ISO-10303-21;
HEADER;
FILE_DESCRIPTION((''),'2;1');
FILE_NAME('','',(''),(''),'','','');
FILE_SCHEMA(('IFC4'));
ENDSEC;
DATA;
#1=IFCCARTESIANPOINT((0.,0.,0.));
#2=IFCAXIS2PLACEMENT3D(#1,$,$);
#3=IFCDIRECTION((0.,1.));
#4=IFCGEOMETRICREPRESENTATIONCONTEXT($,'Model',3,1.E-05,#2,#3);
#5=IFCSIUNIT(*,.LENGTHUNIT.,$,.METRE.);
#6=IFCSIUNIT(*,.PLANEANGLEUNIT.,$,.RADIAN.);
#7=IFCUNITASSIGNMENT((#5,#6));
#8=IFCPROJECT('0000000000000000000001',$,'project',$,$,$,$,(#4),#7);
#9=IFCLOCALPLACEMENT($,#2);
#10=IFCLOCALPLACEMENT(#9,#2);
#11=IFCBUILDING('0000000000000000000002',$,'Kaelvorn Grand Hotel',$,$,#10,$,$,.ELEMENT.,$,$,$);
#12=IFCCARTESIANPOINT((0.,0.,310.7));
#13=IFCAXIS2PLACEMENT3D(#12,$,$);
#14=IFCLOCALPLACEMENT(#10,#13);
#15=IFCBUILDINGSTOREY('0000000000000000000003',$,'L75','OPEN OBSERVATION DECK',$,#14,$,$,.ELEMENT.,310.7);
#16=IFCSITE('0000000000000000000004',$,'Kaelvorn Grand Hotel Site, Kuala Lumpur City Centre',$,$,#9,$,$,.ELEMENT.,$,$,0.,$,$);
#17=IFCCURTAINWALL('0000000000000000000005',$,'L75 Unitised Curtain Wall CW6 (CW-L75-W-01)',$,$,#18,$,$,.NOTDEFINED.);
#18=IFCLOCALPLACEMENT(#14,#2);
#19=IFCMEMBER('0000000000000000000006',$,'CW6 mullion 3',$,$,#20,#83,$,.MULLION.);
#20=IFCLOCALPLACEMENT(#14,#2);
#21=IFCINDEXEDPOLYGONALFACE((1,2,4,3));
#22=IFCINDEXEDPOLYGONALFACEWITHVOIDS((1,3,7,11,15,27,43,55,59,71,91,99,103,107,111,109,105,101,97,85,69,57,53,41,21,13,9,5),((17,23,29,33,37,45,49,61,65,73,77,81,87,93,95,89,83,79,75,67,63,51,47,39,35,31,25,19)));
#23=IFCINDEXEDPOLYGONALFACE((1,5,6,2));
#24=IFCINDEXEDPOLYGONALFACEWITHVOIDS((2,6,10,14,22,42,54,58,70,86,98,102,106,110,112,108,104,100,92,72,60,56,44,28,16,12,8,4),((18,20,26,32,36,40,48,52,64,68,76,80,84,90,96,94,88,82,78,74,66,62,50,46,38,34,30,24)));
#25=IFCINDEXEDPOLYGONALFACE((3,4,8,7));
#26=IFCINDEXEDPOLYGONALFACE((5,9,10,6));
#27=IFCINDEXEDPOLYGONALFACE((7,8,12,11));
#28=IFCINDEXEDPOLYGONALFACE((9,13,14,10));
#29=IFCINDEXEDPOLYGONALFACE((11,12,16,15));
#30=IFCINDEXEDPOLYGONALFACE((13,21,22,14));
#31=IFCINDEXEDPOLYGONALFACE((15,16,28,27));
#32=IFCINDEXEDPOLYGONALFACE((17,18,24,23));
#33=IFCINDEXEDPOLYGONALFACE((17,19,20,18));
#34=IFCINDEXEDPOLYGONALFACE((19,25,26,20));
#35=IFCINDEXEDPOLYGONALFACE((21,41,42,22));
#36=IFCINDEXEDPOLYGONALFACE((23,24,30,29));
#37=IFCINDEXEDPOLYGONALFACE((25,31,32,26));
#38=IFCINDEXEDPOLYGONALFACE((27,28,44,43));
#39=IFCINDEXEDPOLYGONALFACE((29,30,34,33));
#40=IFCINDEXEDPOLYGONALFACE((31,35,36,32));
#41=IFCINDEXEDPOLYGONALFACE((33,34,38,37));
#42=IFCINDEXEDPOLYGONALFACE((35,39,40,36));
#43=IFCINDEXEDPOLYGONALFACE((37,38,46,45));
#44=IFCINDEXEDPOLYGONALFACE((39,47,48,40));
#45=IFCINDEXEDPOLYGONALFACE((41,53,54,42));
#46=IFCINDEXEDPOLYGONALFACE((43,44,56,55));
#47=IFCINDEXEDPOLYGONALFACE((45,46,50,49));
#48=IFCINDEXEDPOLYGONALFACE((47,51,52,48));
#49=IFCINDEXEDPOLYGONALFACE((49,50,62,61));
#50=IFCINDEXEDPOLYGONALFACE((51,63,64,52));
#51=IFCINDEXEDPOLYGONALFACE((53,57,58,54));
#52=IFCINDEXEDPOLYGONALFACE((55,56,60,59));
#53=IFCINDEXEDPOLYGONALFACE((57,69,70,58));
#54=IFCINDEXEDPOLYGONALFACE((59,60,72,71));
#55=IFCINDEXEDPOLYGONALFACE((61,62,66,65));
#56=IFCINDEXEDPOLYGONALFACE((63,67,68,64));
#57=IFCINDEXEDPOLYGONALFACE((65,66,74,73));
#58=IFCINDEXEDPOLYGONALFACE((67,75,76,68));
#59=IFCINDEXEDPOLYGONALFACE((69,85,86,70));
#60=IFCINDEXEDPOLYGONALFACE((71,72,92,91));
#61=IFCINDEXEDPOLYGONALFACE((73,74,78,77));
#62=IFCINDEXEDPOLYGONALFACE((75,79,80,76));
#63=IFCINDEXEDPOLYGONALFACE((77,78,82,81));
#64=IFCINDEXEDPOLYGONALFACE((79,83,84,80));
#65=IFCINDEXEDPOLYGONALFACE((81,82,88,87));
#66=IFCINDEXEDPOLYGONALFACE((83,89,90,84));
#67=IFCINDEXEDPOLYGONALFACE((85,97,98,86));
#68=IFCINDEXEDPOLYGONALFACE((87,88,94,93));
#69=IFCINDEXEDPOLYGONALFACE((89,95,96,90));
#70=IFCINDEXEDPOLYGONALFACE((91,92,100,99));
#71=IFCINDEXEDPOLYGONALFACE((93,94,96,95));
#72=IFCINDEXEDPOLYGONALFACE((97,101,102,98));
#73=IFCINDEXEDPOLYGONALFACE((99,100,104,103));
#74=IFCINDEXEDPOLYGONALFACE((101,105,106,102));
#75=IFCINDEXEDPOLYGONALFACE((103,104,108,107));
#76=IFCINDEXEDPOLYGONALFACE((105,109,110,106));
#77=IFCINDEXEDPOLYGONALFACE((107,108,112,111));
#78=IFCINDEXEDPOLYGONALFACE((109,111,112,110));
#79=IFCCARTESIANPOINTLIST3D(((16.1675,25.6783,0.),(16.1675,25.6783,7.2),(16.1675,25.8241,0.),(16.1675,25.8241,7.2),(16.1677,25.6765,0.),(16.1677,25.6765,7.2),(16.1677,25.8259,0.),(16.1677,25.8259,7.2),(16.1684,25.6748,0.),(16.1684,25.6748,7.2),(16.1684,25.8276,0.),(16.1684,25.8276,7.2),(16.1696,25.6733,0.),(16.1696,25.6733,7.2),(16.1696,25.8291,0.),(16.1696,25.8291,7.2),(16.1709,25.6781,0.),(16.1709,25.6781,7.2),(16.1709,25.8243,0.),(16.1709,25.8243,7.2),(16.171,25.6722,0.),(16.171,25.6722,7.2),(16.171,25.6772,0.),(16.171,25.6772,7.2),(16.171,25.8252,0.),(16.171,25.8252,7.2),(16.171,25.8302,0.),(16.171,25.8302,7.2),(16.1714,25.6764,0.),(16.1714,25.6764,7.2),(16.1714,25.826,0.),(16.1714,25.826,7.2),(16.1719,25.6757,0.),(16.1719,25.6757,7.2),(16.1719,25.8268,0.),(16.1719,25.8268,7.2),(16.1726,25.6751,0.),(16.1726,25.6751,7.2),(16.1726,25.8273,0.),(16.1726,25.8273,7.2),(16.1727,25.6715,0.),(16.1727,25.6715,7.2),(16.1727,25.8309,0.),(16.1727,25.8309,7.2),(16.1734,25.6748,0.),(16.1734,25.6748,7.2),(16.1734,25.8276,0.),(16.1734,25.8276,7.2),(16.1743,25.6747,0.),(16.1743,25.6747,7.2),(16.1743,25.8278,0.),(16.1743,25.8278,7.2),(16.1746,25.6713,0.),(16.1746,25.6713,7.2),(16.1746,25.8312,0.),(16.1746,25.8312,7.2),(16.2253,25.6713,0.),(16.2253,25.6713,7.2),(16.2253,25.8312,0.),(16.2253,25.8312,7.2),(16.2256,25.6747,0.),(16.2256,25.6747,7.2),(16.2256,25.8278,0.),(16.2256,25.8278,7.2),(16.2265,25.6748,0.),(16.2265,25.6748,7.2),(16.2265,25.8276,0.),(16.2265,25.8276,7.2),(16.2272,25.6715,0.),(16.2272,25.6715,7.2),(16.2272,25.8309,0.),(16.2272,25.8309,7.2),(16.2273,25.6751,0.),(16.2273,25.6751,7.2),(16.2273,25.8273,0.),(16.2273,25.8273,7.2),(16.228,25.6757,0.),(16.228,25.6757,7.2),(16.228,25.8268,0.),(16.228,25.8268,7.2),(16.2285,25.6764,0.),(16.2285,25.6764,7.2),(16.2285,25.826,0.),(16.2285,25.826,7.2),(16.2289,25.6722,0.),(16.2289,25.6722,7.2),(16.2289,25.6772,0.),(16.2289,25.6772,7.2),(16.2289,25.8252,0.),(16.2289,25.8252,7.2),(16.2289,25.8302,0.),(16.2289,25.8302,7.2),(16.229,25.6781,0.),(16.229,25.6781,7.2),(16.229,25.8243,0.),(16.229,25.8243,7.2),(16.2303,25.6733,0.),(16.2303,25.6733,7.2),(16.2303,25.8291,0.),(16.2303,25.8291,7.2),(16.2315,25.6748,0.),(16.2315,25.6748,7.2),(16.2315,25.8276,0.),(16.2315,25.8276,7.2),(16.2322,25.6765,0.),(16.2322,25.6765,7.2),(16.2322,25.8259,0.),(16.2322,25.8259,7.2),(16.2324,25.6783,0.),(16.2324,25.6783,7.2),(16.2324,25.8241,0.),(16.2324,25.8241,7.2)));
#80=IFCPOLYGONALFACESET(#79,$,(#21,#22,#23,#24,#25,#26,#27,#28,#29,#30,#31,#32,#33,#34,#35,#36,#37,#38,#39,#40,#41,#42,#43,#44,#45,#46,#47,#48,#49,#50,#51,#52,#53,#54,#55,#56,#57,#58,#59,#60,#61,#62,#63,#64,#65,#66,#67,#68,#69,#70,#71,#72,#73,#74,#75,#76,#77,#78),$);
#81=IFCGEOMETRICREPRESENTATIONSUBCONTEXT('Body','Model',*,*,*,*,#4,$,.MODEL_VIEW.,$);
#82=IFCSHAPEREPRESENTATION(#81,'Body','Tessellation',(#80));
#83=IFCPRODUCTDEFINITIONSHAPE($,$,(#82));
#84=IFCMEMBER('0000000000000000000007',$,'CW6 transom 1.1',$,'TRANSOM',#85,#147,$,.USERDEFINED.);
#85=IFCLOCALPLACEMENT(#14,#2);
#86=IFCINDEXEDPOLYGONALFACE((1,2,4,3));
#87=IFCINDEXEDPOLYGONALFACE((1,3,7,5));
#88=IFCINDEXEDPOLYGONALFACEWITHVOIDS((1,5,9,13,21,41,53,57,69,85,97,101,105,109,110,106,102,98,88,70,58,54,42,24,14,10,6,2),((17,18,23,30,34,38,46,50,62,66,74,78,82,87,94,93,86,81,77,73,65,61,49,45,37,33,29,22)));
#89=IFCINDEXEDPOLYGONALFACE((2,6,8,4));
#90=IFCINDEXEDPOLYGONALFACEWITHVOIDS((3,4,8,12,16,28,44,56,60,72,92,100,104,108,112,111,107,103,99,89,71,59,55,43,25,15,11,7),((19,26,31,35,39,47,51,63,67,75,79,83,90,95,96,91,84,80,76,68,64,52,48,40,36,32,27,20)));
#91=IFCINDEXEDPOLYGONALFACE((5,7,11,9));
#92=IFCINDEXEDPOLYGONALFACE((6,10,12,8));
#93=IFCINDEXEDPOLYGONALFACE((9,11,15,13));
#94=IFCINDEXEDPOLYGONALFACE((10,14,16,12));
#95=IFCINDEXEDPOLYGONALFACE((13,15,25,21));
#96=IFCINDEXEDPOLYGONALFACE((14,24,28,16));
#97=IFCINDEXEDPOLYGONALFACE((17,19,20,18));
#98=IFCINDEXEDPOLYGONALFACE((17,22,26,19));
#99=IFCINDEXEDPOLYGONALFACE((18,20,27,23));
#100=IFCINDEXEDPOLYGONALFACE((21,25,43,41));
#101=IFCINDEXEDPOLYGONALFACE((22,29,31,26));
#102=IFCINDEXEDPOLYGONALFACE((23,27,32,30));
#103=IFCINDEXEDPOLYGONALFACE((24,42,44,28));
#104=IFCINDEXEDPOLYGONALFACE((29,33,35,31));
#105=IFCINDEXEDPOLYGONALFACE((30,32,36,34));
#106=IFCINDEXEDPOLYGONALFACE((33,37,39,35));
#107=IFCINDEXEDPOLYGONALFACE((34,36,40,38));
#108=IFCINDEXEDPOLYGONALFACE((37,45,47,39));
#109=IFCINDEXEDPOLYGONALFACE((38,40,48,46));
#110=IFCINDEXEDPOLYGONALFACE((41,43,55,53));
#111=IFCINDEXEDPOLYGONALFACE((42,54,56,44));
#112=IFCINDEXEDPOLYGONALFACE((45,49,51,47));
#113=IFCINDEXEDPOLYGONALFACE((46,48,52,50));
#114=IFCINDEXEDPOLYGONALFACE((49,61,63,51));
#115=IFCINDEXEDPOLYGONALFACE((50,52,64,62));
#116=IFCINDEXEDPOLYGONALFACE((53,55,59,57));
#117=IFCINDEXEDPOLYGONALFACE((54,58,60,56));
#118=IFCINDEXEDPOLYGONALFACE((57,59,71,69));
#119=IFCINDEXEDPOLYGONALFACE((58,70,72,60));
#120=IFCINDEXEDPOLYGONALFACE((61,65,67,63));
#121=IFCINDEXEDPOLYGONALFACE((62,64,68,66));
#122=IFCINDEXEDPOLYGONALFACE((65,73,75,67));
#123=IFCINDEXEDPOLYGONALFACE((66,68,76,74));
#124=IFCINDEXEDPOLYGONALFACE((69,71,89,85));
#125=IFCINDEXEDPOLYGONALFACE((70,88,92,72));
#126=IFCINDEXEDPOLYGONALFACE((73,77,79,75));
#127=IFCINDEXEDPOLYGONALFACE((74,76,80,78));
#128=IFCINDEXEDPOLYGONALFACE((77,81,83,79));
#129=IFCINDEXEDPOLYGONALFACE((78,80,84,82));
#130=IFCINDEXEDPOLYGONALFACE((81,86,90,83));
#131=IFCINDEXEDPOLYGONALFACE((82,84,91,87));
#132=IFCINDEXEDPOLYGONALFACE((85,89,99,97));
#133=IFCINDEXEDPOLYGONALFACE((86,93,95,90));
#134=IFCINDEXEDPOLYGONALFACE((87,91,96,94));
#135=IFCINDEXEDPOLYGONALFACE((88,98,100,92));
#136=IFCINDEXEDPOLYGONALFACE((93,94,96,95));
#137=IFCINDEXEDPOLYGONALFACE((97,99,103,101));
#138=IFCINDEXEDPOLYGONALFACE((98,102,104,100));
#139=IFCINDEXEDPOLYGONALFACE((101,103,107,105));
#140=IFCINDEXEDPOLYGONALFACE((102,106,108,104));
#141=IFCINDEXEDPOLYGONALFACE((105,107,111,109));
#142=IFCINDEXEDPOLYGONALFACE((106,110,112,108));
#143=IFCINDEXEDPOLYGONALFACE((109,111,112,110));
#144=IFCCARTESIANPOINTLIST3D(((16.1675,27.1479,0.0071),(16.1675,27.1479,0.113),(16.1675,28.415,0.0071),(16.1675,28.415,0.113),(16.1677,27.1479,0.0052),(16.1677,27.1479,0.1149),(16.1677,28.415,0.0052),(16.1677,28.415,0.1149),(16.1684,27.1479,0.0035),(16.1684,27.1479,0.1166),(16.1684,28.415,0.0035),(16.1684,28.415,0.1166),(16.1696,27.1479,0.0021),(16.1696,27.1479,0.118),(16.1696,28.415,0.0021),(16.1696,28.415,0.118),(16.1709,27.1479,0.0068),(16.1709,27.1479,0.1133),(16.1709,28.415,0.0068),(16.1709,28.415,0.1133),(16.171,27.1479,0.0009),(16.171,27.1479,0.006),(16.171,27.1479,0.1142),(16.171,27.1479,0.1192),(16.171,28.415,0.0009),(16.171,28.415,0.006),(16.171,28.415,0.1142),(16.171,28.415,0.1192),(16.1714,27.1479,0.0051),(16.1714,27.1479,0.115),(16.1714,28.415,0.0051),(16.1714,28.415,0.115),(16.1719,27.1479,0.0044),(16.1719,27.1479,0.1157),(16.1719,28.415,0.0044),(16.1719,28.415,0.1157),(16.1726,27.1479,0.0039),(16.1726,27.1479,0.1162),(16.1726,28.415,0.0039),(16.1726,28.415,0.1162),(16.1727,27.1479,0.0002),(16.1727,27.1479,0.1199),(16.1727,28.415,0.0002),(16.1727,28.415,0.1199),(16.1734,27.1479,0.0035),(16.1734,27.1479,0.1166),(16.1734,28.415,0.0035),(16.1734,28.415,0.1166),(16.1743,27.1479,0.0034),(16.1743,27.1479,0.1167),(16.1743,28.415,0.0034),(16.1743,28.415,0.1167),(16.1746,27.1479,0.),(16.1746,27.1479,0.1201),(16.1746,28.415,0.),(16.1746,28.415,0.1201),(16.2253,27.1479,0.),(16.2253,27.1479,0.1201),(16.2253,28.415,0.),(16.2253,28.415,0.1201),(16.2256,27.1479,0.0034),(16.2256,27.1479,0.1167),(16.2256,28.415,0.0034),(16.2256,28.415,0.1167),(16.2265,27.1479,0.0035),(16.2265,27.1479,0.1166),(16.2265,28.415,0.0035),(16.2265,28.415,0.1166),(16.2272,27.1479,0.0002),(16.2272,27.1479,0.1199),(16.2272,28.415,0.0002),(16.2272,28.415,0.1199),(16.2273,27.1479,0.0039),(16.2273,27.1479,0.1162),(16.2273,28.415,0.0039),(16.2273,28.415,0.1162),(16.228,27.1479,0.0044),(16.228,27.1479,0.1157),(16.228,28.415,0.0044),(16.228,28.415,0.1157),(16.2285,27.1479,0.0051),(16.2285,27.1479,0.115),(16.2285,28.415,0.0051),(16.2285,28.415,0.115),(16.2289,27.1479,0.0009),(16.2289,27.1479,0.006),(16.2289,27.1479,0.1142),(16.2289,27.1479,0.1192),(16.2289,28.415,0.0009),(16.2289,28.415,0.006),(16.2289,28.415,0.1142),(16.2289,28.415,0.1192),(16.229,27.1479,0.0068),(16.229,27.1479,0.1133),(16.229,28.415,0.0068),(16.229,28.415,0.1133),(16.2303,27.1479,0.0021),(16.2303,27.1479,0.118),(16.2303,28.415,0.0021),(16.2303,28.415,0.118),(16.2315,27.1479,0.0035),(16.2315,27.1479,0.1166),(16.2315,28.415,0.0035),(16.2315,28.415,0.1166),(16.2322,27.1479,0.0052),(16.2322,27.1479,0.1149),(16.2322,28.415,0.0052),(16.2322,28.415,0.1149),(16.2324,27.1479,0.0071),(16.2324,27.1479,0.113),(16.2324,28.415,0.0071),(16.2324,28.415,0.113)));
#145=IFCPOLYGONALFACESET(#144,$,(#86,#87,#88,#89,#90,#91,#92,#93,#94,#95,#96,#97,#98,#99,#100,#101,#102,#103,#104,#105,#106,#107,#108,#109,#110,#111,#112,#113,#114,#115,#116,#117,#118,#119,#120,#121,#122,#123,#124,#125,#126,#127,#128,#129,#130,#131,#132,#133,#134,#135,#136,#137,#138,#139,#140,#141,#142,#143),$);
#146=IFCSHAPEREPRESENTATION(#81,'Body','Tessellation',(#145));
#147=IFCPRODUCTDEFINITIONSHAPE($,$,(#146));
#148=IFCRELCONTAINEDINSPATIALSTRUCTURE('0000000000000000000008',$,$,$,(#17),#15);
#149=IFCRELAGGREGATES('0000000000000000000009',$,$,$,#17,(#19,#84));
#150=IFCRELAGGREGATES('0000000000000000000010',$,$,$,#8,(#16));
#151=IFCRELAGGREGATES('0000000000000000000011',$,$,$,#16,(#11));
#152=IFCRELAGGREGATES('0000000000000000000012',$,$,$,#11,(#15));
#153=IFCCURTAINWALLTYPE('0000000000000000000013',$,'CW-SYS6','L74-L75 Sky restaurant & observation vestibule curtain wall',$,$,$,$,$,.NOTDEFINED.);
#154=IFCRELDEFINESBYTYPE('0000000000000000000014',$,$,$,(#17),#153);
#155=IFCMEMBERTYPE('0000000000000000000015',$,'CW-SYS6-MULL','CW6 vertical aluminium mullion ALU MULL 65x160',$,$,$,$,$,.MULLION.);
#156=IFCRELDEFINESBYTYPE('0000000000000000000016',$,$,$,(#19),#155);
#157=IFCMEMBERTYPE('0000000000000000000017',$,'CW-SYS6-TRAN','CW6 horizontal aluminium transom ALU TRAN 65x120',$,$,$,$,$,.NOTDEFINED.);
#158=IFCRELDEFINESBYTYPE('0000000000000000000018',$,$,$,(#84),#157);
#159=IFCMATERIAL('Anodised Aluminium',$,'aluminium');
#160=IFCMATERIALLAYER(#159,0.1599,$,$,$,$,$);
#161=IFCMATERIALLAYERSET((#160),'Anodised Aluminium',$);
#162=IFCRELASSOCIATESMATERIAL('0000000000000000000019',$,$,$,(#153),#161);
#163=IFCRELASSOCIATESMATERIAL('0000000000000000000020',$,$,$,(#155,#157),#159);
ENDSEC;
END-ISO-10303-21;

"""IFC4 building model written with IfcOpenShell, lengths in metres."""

from ifc_helpers import new_model, si_unit, direction, frame, origin, origin_2d, place, context, subcontext, project, spatial, hollow_rectangle, extrude, material, layer, layer_set, material_profile, profile_set, type_object, element, aggregate, save


model = new_model("IFC4")

# Units and contexts
model_context = context("Model", 3, precision=1e-05, world=origin(), true_north=direction((0.0, 1.0)))
body_context = subcontext(model_context, "Body", "Model", "MODEL_VIEW")
ifc_project = project(units=[si_unit("LENGTHUNIT", "METRE"), si_unit("PLANEANGLEUNIT", "RADIAN")], contexts=[model_context])

# Site, building, storey
site_placement = place(None, origin())
site = spatial("IfcSite", under=ifc_project, at=site_placement, Name="Kaelvorn Grand Hotel Site, Kuala Lumpur City Centre", CompositionType="ELEMENT", RefElevation=0.0)
building_placement = place(site_placement, origin())
building = spatial("IfcBuilding", under=site, at=building_placement, Name="Kaelvorn Grand Hotel", CompositionType="ELEMENT")
storey_placement = place(building_placement, frame((0.0, 0.0, 310.7)))
storey = spatial("IfcBuildingStorey", under=building, at=storey_placement, Name="L75", Description="OPEN OBSERVATION DECK", CompositionType="ELEMENT", Elevation=310.7)

# Curtain wall, members
ifc_material_1 = material(Name="Anodised Aluminium", Category="aluminium")
ifc_layer_1 = layer(ifc_material_1, 0.1599)
ifc_layer_set_1 = layer_set([ifc_layer_1], Name="Anodised Aluminium")
curtain_wall_type = type_object("IfcCurtainWallType", Name="CW-SYS6", Description="L74-L75 Sky restaurant & observation vestibule curtain wall", PredefinedType="NOTDEFINED", material=ifc_layer_set_1)
curtain_wall_placement = place(storey_placement, origin())
curtain_wall = element("IfcCurtainWall", 1, at=curtain_wall_placement, inside=storey, type_object=curtain_wall_type, Name="L75 Unitised Curtain Wall CW6 (CW-L75-W-01)", PredefinedType="NOTDEFINED")
ifc_material_profile_1 = material_profile(ifc_material_1, hollow_rectangle(XDim=0.0649, YDim=0.1599, WallThickness=0.0034, InnerFilletRadius=0.0034, OuterFilletRadius=0.0071, at=origin_2d()), Name="ALU MULL 65x160")
ifc_profile_set_1 = profile_set([ifc_material_profile_1], Name="Anodised Aluminium")
member_type_1 = type_object("IfcMemberType", Name="CW-SYS6-MULL", Description="CW6 vertical aluminium mullion ALU MULL 65x160", PredefinedType="MULLION", material=ifc_profile_set_1)
member_1_placement = place(storey_placement, frame((16.2, 25.7512, 0.0), z_axis=(0.0, 0.0, 1.0), x_axis=(1.0, 0.0, 0.0)))
member_1 = element("IfcMember", 2, at=member_1_placement, type_object=member_type_1, Name="CW6 mullion 3", PredefinedType="MULLION", context=body_context, shape_type="SweptSolid", body=[
    extrude(hollow_rectangle(XDim=0.0649, YDim=0.1599, WallThickness=0.0034, InnerFilletRadius=0.0034, OuterFilletRadius=0.0071, at=origin_2d()), origin(), (0.0, 0.0, 1.0), 7.2),
])
ifc_material_profile_2 = material_profile(ifc_material_1, hollow_rectangle(XDim=0.0649, YDim=0.1201, WallThickness=0.0034, InnerFilletRadius=0.0034, OuterFilletRadius=0.0071, at=origin_2d()), Name="ALU TRAN 65x120")
ifc_profile_set_2 = profile_set([ifc_material_profile_2], Name="Anodised Aluminium")
member_type_2 = type_object("IfcMemberType", Name="CW-SYS6-TRAN", Description="CW6 horizontal aluminium transom ALU TRAN 65x120", PredefinedType="NOTDEFINED", material=ifc_profile_set_2)
member_2_placement = place(storey_placement, frame((16.2, 28.415, 0.0601), z_axis=(0.0, -1.0, 0.0), x_axis=(1.0, 0.0, 0.0)))
member_2 = element("IfcMember", 3, at=member_2_placement, type_object=member_type_2, Name="CW6 transom 1.1", ObjectType="TRANSOM", PredefinedType="USERDEFINED", context=body_context, shape_type="SweptSolid", body=[
    extrude(hollow_rectangle(XDim=0.0649, YDim=0.1201, WallThickness=0.0034, InnerFilletRadius=0.0034, OuterFilletRadius=0.0071, at=origin_2d()), origin(), (0.0, 0.0, 1.0), 1.2671),
])
aggregate(curtain_wall, [member_1, member_2])

save(model, "model.ifc")
